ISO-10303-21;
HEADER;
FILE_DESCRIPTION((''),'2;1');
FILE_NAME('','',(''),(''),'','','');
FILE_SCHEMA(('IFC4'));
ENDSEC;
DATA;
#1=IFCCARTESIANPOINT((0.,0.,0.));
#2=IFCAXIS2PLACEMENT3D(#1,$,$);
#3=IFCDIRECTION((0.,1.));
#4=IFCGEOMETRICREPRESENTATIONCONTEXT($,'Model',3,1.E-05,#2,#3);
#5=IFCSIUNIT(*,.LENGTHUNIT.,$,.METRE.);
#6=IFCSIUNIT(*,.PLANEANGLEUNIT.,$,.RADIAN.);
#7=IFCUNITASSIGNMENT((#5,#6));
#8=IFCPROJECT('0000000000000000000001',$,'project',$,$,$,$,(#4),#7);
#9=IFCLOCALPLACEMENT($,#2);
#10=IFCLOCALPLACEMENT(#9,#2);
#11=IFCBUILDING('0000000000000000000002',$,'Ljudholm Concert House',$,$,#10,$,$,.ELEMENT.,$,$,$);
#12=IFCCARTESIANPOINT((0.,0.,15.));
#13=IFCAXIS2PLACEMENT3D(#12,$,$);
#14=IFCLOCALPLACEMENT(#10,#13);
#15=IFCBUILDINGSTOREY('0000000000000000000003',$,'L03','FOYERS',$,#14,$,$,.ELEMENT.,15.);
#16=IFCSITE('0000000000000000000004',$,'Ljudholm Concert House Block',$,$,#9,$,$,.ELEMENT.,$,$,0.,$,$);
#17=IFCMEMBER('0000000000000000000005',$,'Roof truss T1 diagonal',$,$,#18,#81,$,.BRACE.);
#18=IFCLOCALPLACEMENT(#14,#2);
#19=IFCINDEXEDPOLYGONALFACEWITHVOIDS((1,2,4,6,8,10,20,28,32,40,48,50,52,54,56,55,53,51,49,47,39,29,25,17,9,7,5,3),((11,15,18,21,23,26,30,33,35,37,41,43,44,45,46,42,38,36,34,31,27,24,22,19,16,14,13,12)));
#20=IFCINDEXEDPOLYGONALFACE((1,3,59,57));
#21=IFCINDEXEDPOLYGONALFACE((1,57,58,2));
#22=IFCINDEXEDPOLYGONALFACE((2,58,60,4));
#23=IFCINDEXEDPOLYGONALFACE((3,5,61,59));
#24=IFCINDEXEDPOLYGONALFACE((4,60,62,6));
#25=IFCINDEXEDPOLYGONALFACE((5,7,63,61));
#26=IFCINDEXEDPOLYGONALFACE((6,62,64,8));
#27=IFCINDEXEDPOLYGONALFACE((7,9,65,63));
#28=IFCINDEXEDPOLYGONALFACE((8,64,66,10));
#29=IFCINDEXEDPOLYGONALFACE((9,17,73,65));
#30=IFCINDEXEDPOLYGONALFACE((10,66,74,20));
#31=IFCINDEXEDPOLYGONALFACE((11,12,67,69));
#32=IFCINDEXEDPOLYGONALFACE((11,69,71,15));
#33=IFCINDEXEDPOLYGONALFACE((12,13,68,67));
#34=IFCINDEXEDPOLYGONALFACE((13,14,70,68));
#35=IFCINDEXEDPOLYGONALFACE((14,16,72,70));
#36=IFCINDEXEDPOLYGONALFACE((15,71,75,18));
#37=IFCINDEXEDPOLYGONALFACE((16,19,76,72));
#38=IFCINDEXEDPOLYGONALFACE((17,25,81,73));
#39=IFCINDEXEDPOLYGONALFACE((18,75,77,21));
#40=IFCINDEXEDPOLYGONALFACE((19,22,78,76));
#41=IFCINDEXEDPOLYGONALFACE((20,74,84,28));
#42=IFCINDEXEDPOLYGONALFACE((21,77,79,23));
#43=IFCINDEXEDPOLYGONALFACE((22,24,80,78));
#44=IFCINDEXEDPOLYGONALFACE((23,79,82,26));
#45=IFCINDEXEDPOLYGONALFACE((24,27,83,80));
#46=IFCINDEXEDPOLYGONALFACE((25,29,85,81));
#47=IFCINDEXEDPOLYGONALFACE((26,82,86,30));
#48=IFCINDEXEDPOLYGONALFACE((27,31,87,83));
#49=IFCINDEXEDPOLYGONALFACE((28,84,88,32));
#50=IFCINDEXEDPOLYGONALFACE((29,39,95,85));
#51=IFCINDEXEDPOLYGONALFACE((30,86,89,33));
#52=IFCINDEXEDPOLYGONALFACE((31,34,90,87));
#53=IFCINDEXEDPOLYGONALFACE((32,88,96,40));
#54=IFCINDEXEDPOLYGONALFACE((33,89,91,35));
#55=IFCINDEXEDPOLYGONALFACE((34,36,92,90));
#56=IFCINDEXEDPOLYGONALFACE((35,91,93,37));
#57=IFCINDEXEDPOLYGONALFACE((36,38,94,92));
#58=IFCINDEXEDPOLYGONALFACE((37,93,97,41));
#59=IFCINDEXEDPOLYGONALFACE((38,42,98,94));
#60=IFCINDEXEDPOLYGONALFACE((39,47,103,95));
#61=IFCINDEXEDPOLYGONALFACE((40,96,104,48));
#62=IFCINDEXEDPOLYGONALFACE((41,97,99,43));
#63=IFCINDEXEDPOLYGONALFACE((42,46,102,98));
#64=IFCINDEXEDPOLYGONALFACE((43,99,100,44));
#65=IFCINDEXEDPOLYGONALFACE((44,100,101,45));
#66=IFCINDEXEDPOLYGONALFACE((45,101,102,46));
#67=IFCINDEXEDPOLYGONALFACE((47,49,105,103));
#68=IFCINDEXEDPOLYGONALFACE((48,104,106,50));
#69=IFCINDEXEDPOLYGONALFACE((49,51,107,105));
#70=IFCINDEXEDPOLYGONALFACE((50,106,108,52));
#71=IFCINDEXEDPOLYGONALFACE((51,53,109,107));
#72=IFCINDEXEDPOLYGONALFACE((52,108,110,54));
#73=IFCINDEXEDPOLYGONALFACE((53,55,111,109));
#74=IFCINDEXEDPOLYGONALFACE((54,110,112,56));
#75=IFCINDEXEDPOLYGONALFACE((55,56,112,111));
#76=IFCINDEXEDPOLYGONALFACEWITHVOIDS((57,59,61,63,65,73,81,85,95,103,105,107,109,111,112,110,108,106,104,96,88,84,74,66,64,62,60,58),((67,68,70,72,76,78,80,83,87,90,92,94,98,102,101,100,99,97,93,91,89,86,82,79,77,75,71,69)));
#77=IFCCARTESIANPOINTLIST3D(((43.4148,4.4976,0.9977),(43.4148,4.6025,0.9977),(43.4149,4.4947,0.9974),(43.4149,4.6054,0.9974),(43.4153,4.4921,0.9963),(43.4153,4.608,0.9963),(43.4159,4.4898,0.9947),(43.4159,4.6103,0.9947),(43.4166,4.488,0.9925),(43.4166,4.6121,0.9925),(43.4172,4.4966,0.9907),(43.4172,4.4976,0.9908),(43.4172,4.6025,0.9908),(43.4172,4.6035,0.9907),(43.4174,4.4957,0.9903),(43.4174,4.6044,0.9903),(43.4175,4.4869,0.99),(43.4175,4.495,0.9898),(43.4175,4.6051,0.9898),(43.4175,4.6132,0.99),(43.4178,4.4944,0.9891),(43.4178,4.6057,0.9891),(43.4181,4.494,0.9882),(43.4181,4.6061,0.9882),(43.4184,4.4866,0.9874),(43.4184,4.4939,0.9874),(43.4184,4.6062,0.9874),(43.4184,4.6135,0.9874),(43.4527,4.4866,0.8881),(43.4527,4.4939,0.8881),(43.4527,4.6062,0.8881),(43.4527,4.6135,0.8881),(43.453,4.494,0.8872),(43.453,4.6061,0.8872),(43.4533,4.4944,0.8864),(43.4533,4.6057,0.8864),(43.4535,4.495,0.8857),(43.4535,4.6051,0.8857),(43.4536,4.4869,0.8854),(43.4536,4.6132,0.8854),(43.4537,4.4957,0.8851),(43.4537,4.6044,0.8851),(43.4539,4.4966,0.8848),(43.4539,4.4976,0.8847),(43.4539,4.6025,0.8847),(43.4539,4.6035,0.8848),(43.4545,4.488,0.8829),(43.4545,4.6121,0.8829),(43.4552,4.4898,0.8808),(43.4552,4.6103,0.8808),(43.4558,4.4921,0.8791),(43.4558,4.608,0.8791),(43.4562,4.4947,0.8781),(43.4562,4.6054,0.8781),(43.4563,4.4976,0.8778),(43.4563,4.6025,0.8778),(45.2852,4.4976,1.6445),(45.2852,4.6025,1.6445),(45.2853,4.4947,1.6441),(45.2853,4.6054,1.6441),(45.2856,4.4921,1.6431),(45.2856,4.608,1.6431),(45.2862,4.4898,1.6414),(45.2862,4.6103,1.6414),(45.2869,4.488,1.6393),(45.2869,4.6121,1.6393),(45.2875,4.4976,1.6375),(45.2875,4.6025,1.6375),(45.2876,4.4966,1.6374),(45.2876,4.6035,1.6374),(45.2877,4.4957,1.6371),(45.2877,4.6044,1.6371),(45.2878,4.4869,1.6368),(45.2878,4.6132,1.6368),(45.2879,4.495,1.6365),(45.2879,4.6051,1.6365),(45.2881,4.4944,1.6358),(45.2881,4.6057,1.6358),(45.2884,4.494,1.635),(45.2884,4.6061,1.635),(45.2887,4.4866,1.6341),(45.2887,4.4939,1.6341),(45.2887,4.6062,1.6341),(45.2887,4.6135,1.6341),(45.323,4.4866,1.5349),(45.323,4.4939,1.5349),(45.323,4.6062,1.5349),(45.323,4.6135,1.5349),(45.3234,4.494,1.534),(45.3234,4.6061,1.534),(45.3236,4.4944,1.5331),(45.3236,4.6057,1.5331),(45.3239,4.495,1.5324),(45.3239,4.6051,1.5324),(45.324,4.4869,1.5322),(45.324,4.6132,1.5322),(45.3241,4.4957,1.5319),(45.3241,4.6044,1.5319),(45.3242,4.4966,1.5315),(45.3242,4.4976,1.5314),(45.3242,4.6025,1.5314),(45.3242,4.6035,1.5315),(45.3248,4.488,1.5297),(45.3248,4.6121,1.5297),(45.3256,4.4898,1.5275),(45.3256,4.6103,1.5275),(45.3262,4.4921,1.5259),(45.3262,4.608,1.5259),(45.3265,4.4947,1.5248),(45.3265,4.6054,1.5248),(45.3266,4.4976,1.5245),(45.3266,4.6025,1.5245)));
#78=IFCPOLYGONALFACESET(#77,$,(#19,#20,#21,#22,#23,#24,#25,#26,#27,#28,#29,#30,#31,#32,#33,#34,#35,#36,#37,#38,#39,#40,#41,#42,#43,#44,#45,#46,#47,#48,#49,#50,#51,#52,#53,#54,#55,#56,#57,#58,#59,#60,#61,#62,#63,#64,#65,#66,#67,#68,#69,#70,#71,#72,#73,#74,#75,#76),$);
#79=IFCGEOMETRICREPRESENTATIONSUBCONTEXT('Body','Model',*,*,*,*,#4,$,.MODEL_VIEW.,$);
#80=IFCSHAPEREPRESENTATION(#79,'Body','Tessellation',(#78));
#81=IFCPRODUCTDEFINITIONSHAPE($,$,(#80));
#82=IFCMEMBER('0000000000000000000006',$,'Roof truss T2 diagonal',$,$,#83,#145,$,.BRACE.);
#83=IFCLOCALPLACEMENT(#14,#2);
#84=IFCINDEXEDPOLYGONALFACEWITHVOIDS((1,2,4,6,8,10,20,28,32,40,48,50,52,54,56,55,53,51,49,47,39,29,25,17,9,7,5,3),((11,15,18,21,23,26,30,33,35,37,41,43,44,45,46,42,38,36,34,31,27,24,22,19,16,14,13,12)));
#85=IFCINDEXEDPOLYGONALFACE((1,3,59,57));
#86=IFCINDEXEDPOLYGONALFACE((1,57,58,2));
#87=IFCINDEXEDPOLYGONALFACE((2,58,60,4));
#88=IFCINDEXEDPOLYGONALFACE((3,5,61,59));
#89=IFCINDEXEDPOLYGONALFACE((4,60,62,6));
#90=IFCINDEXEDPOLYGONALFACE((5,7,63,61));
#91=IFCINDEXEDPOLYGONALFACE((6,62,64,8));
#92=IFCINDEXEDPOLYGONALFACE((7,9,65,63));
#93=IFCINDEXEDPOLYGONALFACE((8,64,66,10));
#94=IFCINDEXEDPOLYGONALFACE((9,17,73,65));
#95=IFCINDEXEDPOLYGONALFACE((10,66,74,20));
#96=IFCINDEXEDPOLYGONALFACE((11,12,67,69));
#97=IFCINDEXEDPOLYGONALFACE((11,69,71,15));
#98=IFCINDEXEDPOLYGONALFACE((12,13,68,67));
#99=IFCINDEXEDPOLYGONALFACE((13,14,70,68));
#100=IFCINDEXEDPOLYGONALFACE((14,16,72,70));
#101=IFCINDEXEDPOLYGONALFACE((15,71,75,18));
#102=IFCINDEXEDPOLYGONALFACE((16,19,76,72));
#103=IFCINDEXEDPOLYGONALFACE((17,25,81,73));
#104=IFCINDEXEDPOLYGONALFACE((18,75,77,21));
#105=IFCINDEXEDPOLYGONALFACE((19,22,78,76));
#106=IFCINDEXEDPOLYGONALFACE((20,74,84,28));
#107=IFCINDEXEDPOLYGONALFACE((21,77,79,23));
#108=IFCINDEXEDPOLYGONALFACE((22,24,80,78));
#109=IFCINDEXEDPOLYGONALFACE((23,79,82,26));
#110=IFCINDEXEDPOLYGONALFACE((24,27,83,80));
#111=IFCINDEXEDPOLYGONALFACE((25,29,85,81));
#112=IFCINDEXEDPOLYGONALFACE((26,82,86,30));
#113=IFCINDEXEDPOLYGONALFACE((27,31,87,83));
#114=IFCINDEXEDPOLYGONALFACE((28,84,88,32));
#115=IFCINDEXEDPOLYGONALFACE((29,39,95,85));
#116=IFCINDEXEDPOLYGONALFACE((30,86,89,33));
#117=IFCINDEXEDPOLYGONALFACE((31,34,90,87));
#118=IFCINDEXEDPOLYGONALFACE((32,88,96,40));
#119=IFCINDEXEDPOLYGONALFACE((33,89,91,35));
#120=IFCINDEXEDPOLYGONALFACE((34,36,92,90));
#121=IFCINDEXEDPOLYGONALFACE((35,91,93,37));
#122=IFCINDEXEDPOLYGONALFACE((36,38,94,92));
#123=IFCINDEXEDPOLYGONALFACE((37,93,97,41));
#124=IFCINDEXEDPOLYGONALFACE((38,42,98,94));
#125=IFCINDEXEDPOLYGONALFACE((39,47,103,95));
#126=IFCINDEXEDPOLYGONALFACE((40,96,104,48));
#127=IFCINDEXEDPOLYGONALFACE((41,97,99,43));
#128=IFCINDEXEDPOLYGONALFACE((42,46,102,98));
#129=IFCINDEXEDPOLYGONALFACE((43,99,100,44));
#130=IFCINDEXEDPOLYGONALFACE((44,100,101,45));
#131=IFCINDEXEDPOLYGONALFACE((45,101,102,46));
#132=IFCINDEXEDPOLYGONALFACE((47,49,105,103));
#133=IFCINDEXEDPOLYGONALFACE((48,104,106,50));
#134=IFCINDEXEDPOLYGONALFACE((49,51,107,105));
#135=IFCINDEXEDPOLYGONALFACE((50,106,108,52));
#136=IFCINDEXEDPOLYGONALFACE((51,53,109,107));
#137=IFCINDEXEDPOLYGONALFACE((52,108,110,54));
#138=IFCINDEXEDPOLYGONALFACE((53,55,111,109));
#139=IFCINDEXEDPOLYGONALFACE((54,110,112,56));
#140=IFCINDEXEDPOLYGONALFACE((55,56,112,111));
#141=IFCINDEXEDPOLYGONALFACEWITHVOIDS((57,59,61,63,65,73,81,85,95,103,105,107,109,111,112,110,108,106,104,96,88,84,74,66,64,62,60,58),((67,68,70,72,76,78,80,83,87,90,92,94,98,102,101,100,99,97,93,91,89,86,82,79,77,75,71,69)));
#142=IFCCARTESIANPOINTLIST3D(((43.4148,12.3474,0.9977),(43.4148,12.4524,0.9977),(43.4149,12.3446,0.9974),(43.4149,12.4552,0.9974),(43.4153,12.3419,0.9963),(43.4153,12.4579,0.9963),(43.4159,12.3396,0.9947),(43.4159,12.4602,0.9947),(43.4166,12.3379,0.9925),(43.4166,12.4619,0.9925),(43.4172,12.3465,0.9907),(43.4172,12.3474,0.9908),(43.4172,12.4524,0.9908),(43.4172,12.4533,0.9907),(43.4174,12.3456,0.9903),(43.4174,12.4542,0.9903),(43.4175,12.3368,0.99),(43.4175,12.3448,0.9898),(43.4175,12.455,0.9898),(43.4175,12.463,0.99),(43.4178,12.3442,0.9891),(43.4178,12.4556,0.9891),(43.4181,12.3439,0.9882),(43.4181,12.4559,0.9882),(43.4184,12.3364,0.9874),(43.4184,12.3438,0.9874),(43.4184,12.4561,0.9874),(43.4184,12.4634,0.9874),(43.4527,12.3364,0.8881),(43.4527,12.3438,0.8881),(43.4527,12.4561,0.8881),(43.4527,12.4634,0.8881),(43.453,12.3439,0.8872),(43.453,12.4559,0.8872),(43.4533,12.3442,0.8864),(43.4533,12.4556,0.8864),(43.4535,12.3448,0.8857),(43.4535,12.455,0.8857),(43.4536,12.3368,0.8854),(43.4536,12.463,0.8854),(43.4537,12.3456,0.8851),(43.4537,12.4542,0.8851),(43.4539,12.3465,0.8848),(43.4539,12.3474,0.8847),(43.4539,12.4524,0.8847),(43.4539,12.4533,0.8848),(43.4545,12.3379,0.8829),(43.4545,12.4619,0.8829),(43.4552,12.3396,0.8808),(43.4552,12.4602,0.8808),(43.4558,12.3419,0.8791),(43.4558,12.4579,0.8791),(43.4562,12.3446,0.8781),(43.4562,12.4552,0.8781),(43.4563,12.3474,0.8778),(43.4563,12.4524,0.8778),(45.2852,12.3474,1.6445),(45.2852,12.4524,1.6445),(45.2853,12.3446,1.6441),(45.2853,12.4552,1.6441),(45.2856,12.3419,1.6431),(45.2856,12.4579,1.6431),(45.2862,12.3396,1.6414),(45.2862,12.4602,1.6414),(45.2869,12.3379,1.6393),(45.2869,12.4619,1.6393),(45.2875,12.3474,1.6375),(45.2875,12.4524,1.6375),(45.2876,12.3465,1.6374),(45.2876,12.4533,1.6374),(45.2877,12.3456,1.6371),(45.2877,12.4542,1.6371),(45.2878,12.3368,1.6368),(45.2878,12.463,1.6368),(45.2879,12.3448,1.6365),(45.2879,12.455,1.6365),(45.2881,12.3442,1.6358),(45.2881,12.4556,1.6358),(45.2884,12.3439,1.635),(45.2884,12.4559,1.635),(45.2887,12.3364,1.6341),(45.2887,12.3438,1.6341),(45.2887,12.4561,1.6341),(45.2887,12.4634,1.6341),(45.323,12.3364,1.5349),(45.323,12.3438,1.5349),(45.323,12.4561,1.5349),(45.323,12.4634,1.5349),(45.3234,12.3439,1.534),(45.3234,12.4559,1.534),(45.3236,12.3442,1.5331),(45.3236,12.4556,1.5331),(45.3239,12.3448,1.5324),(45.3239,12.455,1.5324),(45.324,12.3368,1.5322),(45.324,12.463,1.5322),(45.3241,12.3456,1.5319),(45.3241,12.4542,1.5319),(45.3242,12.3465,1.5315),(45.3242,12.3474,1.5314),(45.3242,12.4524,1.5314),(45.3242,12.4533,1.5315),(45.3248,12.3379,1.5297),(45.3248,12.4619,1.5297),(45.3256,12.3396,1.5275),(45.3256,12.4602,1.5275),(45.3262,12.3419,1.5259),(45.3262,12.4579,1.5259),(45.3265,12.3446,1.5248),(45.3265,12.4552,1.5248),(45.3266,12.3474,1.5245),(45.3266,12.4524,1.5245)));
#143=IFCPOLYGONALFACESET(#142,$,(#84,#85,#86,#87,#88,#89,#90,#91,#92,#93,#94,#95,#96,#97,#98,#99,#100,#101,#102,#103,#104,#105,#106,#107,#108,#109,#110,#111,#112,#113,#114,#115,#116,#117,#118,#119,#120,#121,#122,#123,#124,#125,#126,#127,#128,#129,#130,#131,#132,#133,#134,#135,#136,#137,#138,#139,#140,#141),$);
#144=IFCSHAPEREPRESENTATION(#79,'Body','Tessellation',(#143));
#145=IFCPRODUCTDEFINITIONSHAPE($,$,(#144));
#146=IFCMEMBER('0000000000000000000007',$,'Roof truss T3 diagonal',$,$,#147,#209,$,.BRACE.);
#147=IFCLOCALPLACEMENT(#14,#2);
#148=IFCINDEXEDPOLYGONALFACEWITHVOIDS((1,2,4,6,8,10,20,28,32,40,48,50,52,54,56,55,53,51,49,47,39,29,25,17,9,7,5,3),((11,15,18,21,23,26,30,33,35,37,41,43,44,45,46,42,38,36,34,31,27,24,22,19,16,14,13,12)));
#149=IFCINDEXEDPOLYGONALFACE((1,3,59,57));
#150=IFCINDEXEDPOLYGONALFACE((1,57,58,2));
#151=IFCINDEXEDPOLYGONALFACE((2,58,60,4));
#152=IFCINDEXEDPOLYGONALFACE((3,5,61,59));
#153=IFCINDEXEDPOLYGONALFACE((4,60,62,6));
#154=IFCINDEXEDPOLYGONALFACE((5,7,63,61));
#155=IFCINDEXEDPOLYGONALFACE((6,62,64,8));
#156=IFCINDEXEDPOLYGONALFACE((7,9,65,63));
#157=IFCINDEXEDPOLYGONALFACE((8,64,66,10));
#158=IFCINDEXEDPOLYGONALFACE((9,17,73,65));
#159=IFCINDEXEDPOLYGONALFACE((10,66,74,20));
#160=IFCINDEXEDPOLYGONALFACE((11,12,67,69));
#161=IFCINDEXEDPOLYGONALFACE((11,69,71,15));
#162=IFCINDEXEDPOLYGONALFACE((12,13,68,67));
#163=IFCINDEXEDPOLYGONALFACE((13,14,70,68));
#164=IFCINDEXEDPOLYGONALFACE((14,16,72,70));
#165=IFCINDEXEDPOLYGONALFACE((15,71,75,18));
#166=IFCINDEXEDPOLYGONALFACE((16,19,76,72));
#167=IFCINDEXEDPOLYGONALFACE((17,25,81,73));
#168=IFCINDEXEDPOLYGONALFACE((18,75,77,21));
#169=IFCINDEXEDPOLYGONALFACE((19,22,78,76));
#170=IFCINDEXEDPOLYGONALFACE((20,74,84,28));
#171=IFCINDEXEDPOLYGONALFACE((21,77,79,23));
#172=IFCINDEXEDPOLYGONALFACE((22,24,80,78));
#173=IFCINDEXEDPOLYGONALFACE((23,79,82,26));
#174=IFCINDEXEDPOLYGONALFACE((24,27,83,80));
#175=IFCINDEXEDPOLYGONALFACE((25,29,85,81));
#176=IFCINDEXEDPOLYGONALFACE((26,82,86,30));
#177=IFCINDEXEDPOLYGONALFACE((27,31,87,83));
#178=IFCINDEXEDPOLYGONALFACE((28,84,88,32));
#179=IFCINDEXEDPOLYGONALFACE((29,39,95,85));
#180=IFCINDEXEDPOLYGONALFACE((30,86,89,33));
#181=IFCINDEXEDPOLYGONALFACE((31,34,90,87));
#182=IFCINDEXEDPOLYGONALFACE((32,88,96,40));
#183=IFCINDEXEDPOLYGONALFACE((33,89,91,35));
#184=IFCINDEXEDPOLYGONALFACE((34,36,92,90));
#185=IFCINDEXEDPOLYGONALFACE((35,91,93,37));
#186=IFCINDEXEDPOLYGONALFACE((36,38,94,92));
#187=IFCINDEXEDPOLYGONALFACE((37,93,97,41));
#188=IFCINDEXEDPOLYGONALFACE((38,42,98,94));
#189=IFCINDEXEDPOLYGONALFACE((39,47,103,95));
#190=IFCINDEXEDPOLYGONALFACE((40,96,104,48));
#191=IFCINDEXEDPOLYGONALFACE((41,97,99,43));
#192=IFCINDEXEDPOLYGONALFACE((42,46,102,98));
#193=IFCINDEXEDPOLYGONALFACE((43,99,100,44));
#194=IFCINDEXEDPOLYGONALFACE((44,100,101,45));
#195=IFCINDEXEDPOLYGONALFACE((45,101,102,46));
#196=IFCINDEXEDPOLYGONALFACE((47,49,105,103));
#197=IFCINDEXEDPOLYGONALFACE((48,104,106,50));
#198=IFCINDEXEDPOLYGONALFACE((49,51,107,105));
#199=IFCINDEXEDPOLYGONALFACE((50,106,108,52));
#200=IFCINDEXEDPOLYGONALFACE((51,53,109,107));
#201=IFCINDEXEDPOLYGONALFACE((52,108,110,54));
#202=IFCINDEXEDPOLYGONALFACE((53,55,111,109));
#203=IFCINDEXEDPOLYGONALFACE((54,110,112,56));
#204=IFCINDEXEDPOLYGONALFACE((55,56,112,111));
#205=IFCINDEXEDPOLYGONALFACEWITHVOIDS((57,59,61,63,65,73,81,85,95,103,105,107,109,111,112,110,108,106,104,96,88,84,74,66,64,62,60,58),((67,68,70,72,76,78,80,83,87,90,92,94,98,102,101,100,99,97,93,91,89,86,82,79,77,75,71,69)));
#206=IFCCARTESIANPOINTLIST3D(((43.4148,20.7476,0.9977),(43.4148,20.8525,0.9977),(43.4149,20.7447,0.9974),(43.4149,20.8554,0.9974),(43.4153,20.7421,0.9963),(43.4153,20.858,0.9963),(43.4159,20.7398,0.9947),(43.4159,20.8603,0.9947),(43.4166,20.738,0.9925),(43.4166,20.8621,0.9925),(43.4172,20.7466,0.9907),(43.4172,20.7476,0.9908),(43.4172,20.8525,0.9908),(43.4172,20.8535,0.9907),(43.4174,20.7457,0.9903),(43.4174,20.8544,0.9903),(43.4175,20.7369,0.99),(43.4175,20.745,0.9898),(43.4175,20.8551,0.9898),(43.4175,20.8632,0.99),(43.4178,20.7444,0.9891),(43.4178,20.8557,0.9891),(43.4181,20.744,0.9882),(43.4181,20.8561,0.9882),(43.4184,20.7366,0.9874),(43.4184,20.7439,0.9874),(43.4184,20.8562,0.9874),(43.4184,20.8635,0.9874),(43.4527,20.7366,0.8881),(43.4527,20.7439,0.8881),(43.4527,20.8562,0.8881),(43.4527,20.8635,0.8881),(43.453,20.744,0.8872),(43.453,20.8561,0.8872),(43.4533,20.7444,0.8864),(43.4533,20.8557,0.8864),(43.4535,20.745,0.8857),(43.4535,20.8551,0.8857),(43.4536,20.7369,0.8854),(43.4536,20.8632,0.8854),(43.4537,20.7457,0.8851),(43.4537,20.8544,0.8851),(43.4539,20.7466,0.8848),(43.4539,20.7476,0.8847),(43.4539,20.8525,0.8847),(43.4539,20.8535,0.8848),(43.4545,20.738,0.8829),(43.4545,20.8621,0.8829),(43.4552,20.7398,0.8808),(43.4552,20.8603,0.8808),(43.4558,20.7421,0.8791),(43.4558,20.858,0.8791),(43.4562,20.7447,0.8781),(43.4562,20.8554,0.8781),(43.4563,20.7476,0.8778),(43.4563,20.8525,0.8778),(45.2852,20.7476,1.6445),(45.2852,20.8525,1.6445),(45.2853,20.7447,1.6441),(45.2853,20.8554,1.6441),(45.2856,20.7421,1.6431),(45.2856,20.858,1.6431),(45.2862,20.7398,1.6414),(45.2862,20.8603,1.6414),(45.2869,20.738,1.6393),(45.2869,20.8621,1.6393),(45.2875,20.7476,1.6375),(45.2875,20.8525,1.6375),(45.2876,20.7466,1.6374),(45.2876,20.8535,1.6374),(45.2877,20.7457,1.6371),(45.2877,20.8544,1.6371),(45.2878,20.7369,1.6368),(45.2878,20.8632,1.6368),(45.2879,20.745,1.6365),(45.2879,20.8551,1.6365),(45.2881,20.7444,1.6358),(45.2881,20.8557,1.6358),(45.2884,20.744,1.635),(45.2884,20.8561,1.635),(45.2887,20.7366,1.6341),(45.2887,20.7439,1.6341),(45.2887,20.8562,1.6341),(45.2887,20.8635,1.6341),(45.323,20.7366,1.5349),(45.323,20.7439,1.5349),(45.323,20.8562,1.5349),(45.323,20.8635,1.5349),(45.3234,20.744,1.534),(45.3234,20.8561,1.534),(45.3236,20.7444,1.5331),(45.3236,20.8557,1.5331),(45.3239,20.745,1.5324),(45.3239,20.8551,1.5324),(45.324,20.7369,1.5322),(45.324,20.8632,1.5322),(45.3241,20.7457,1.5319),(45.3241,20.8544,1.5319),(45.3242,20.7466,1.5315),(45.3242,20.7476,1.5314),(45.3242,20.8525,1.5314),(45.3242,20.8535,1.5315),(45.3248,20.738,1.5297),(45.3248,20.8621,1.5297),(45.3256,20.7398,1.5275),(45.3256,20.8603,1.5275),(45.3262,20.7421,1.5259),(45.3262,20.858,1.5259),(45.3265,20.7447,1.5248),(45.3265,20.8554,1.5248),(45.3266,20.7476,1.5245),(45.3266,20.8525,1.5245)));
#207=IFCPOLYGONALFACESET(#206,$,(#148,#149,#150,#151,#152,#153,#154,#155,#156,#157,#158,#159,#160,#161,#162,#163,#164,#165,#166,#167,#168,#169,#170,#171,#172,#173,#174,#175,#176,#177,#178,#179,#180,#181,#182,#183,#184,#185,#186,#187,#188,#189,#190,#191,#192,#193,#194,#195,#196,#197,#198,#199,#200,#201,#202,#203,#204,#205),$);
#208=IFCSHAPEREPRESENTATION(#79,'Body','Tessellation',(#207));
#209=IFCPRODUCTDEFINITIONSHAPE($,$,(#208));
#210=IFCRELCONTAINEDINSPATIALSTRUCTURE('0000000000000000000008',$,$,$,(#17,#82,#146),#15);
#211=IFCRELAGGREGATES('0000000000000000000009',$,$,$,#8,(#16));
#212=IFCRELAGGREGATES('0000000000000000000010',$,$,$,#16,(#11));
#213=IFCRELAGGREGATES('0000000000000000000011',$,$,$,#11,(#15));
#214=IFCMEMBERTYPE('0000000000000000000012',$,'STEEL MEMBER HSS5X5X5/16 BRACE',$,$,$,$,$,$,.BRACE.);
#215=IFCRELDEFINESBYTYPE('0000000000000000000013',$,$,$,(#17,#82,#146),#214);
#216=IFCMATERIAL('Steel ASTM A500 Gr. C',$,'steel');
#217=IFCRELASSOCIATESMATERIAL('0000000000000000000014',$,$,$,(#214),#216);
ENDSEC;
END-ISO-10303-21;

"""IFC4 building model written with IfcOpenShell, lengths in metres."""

from ifc_helpers import new_model, si_unit, direction, frame, origin, origin_2d, place, context, subcontext, project, spatial, hollow_rectangle, extrude, material, material_profile, profile_set, type_object, element, save


model = new_model("IFC4")

# Units and contexts
model_context = context("Model", 3, precision=1e-05, world=origin(), true_north=direction((0.0, 1.0)))
body_context = subcontext(model_context, "Body", "Model", "MODEL_VIEW")
ifc_project = project(units=[si_unit("LENGTHUNIT", "METRE"), si_unit("PLANEANGLEUNIT", "RADIAN")], contexts=[model_context])

# Site, building, storey
site_placement = place(None, origin())
site = spatial("IfcSite", under=ifc_project, at=site_placement, Name="Ljudholm Concert House Block", CompositionType="ELEMENT", RefElevation=0.0)
building_placement = place(site_placement, origin())
building = spatial("IfcBuilding", under=site, at=building_placement, Name="Ljudholm Concert House", CompositionType="ELEMENT")
storey_placement = place(building_placement, frame((0.0, 0.0, 15.0)))
storey = spatial("IfcBuildingStorey", under=building, at=storey_placement, Name="L03", Description="FOYERS", CompositionType="ELEMENT", Elevation=15.0)

# Members
ifc_material_1 = material(Name="Steel ASTM A500 Gr. C", Category="steel")
ifc_material_profile_1 = material_profile(ifc_material_1, hollow_rectangle(XDim=0.127, YDim=0.127, WallThickness=0.0073, InnerFilletRadius=0.0037, OuterFilletRadius=0.011, at=origin_2d()), Name="HSS5X5X5/16")
ifc_profile_set_1 = profile_set([ifc_material_profile_1], Name="Steel ASTM A500 Gr. C")
member_type_1 = type_object("IfcMemberType", Name="STEEL MEMBER HSS5X5X5/16 BRACE", PredefinedType="BRACE", material=ifc_profile_set_1)
for number, where, z_axis, x_axis, name in (
    (1, (43.4355, 4.55, 0.9377), (0.945096, 0.0, 0.326793), (0.0, 1.0, 0.0), "Roof truss T1 diagonal"),
    (2, (43.4355, 12.3999, 0.9377), (0.945096, 0.0, 0.326793), (0.0, 1.0, 0.0), "Roof truss T2 diagonal"),
    (3, (43.4355, 20.8, 0.9377), (0.945096, 0.0, 0.326793), (0.0, 1.0, 0.0), "Roof truss T3 diagonal"),
):
    element("IfcMember", number, at=place(storey_placement, frame(where, z_axis=z_axis, x_axis=x_axis)), inside=storey, type_object=member_type_1, Name=name, PredefinedType="BRACE", context=body_context, shape_type="SweptSolid", body=[
        extrude(hollow_rectangle(XDim=0.127, YDim=0.127, WallThickness=0.0073, InnerFilletRadius=0.0037, OuterFilletRadius=0.011, at=origin_2d()), origin(), (0.0, 0.0, 1.0), 1.979),
    ])

save(model, "model.ifc")
